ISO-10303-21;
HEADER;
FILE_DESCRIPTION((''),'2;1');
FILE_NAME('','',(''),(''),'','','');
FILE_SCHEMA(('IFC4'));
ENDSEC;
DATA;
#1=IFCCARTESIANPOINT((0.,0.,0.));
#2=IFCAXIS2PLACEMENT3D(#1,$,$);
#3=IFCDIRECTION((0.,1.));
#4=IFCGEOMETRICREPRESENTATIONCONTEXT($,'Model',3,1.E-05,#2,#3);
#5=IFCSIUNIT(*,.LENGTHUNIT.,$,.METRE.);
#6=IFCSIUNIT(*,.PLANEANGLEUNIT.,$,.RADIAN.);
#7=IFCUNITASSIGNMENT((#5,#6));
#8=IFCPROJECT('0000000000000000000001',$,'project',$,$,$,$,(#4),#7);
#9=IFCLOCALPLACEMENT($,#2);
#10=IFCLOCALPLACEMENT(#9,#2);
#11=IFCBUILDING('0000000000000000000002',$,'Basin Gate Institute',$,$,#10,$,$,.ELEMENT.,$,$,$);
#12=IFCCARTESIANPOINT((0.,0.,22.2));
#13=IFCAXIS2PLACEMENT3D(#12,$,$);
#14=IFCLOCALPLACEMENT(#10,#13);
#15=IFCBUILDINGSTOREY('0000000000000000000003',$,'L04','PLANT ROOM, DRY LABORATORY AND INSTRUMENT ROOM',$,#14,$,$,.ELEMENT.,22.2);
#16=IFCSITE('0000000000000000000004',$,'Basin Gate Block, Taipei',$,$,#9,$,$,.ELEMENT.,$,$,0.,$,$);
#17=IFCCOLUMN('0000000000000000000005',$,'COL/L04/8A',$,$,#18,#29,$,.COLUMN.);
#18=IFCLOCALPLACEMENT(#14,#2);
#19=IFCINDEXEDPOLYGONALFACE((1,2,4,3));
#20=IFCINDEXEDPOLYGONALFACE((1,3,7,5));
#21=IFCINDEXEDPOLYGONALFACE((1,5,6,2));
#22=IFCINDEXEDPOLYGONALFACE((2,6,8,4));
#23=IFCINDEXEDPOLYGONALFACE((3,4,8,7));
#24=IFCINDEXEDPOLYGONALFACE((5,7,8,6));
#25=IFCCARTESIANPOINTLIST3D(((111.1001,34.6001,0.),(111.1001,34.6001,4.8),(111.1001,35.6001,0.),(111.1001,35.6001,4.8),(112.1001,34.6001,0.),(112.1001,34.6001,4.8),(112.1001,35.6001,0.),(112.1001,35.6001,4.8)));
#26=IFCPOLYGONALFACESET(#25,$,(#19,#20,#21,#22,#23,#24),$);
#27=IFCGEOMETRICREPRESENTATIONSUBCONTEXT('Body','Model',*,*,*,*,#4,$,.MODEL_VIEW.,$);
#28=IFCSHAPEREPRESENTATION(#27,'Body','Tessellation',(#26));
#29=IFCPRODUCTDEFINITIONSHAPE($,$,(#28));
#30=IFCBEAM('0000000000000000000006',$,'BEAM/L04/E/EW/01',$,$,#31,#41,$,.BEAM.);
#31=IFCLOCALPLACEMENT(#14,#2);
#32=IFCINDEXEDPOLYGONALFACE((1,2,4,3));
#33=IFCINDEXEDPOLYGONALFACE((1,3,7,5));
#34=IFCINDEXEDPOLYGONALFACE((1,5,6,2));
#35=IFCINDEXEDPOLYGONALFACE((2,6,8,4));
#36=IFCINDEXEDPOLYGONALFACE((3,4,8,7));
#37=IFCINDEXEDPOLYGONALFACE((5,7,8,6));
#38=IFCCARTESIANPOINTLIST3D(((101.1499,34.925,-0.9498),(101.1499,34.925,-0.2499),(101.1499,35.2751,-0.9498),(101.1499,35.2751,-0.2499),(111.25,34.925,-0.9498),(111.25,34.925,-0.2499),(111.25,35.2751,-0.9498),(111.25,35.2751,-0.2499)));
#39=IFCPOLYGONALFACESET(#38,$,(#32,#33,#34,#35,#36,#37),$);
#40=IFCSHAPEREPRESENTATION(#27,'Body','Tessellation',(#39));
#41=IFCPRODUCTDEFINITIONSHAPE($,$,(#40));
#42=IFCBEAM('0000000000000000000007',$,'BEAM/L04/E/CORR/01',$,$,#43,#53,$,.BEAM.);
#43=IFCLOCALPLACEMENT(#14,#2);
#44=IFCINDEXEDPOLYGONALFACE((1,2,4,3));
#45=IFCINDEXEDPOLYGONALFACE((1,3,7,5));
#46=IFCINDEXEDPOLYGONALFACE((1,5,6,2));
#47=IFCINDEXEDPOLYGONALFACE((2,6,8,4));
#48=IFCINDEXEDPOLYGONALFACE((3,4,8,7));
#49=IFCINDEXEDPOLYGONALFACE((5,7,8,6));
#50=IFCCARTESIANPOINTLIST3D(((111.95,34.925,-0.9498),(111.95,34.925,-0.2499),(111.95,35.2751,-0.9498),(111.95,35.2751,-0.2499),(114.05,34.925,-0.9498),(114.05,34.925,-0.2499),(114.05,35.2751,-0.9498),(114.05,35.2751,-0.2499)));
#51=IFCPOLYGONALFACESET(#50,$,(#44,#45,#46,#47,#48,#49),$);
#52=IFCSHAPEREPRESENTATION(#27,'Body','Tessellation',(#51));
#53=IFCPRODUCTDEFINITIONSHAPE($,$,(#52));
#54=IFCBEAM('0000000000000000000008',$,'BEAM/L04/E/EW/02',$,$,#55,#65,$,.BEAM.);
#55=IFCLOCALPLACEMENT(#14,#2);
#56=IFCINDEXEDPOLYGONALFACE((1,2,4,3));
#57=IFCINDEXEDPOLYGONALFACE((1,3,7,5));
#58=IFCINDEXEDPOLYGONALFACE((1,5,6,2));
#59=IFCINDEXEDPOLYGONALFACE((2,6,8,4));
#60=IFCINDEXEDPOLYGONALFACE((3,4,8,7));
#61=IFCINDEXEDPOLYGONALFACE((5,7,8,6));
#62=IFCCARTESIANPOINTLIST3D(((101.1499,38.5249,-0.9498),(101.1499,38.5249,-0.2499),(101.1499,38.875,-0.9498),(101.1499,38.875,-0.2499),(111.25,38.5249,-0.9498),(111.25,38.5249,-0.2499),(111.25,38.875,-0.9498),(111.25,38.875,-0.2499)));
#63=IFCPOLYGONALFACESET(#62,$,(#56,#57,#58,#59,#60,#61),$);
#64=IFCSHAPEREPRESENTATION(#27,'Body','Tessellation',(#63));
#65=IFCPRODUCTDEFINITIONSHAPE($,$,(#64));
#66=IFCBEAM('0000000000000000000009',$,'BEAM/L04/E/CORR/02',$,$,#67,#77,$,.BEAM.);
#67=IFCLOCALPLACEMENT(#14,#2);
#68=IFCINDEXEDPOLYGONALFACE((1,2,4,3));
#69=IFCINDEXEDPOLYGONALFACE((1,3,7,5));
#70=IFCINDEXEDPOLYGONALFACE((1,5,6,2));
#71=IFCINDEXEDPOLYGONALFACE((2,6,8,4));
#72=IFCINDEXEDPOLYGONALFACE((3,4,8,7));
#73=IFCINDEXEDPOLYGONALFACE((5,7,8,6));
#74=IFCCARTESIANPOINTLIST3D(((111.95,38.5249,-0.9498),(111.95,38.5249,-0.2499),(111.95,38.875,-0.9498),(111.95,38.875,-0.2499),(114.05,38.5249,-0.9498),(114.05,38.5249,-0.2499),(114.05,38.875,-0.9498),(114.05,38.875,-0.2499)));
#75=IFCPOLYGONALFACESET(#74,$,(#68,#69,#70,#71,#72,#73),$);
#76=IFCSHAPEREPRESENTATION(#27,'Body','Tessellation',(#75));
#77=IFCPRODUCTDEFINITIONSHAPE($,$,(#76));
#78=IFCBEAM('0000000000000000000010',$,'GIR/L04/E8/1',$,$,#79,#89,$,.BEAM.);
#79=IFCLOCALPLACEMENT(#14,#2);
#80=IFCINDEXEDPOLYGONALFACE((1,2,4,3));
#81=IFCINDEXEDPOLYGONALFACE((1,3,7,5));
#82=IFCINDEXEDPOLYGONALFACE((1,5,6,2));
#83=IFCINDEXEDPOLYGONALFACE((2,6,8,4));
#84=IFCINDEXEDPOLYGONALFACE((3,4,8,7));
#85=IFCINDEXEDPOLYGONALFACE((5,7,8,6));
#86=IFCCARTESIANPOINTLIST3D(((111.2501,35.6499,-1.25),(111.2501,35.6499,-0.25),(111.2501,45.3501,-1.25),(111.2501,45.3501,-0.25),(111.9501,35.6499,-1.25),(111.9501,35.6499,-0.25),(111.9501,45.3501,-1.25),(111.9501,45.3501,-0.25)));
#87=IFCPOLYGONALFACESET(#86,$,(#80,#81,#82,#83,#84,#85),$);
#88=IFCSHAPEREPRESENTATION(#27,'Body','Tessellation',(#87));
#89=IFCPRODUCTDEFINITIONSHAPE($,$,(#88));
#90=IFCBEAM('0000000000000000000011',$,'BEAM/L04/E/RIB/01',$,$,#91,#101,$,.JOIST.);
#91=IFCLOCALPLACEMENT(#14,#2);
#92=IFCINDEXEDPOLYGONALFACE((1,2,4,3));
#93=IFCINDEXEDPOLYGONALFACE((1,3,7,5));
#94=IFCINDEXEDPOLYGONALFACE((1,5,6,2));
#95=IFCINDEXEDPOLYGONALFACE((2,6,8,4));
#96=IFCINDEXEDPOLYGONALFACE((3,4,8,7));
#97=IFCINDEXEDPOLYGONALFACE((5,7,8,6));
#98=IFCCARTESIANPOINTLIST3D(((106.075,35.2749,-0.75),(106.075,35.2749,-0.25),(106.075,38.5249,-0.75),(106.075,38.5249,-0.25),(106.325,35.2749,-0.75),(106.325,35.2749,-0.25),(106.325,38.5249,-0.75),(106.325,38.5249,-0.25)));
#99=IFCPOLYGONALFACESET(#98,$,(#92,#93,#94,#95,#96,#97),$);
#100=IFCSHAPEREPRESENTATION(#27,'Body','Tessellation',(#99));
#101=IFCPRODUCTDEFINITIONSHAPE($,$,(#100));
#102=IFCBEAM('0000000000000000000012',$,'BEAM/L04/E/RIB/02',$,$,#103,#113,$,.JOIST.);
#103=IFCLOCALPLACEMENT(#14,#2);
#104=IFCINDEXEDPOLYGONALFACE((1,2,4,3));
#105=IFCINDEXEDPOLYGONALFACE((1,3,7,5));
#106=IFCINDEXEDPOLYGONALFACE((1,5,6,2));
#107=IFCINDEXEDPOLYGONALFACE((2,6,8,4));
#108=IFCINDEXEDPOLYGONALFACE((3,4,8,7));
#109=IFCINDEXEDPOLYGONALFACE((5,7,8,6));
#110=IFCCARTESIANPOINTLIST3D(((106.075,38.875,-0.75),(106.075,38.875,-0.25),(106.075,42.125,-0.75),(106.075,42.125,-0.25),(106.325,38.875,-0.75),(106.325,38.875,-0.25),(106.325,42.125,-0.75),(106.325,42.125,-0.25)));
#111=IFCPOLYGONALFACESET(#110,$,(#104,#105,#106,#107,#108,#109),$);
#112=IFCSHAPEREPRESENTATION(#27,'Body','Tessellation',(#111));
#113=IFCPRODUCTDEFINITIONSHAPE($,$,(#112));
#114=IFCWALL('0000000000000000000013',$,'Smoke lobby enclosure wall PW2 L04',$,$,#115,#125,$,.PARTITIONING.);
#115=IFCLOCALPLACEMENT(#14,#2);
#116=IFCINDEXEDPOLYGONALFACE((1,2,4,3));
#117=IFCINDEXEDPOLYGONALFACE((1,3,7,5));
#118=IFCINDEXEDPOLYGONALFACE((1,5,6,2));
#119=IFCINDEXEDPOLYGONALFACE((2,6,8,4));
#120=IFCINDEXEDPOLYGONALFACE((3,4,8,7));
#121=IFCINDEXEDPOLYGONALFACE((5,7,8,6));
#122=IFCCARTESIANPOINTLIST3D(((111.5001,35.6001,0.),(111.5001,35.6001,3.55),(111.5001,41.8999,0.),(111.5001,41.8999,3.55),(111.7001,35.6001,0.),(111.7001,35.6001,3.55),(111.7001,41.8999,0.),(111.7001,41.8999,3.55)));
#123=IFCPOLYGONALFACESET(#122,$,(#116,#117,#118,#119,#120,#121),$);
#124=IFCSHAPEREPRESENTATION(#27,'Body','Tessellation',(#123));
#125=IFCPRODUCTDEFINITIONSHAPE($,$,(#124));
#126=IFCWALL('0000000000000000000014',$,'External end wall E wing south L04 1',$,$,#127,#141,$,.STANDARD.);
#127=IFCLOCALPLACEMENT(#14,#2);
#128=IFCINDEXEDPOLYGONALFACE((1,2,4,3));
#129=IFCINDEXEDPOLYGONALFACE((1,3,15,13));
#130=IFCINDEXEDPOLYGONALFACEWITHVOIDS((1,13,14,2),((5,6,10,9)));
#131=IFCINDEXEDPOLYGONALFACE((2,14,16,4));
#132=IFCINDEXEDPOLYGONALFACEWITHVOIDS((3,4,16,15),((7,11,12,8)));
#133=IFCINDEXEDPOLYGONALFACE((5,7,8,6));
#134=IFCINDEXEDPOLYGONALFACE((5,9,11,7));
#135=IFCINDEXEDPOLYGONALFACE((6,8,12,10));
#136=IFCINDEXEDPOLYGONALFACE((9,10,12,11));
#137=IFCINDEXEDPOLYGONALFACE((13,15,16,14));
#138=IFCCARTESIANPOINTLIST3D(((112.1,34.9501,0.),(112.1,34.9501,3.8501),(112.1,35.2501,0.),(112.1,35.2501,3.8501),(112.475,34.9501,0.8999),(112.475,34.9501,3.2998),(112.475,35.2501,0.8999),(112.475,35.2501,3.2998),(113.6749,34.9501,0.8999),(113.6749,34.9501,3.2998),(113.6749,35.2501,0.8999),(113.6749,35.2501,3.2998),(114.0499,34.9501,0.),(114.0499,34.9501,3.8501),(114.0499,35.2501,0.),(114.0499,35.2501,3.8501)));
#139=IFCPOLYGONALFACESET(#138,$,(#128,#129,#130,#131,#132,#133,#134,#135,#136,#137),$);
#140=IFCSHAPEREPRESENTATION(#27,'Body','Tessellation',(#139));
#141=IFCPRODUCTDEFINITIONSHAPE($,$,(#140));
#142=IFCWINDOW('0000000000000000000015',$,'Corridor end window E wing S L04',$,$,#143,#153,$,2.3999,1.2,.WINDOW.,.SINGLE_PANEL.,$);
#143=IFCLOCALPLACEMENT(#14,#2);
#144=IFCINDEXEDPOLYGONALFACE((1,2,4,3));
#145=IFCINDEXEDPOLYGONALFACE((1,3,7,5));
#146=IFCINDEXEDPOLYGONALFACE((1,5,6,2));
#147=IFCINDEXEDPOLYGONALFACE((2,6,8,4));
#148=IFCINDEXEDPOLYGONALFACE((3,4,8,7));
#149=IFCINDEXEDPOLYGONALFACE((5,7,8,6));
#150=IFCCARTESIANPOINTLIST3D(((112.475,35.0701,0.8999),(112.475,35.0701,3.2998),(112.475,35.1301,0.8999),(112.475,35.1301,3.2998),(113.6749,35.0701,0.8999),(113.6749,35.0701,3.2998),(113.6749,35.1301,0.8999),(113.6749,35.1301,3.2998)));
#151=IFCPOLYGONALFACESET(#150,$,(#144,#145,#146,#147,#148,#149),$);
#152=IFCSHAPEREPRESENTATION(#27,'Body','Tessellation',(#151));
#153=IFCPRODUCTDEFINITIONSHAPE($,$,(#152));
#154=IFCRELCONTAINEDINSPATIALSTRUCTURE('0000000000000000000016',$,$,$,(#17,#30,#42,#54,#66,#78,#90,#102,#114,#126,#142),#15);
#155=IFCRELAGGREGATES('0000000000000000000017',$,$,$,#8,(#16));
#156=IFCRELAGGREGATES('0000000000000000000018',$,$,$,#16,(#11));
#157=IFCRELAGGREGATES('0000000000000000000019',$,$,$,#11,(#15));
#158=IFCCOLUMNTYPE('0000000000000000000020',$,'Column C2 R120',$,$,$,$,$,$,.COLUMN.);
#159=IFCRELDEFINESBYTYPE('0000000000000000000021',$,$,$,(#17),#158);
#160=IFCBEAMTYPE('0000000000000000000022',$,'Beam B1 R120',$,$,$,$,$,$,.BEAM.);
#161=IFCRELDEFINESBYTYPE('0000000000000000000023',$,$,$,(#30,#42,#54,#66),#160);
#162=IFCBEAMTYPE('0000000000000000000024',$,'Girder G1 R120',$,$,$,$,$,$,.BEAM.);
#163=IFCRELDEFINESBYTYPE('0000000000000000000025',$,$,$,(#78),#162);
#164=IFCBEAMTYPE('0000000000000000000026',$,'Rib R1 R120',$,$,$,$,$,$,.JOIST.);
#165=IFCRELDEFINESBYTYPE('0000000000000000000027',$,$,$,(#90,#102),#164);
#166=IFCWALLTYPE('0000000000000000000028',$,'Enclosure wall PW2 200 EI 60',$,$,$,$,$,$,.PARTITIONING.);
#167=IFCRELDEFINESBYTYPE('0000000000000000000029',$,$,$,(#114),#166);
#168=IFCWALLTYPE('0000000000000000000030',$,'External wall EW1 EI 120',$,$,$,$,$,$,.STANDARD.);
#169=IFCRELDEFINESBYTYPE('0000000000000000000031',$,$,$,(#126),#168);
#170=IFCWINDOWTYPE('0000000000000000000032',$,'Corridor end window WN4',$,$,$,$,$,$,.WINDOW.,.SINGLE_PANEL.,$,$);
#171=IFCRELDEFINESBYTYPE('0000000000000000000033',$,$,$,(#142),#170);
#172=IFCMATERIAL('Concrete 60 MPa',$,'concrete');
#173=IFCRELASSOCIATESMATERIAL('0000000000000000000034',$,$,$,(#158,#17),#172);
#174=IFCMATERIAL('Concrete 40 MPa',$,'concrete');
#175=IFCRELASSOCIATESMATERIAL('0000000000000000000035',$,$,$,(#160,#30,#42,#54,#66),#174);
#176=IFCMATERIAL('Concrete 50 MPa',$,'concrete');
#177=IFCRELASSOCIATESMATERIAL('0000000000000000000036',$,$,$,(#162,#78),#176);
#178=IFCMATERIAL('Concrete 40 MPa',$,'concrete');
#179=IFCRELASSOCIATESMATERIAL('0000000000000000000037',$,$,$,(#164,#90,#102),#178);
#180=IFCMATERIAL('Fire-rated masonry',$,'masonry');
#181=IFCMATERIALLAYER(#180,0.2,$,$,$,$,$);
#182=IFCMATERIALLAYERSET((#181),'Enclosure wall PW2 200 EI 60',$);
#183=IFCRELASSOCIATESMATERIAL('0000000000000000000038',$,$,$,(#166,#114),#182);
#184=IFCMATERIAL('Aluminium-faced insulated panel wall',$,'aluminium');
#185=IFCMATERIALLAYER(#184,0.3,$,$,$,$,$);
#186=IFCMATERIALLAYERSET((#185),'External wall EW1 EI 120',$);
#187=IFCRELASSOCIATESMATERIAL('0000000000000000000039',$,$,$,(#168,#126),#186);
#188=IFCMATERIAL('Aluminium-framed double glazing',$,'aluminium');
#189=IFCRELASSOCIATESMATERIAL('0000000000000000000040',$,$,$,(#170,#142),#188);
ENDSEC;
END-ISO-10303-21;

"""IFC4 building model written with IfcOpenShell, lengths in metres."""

from ifc_helpers import new_model, si_unit, direction, frame, frame_2d, origin, origin_2d, place, context, subcontext, project, spatial, rectangle, extrude, material, layer, layer_set, material_profile, profile_set, type_object, element, fill, save


model = new_model("IFC4")

# Units and contexts
model_context = context("Model", 3, precision=1e-05, world=origin(), true_north=direction((0.0, 1.0)))
body_context = subcontext(model_context, "Body", "Model", "MODEL_VIEW")
ifc_project = project(units=[si_unit("LENGTHUNIT", "METRE"), si_unit("PLANEANGLEUNIT", "RADIAN")], contexts=[model_context])

# Site, building, storey
site_placement = place(None, origin())
site = spatial("IfcSite", under=ifc_project, at=site_placement, Name="Basin Gate Block, Taipei", CompositionType="ELEMENT", RefElevation=0.0)
building_placement = place(site_placement, origin())
building = spatial("IfcBuilding", under=site, at=building_placement, Name="Basin Gate Institute", CompositionType="ELEMENT")
storey_placement = place(building_placement, frame((0.0, 0.0, 22.2)))
storey = spatial("IfcBuildingStorey", under=building, at=storey_placement, Name="L04", Description="PLANT ROOM, DRY LABORATORY AND INSTRUMENT ROOM", CompositionType="ELEMENT", Elevation=22.2)

# Column
ifc_material_1 = material(Name="Concrete 60 MPa", Category="concrete")
ifc_material_profile_1 = material_profile(ifc_material_1, rectangle(XDim=1.0, YDim=1.0, at=origin_2d()), Name="Column C2 1000 x 1000")
ifc_profile_set_1 = profile_set([ifc_material_profile_1], Name="Concrete 60 MPa")
column_type = type_object("IfcColumnType", Name="Column C2 R120", PredefinedType="COLUMN", material=ifc_profile_set_1)
column_placement = place(storey_placement, frame((111.6001, 35.1001, 0.0), z_axis=(0.0, 0.0, 1.0), x_axis=(1.0, 0.0, 0.0)))
element("IfcColumn", 1, at=column_placement, inside=storey, type_object=column_type, material=ifc_profile_set_1, Name="COL/L04/8A", PredefinedType="COLUMN", context=body_context, shape_type="SweptSolid", body=[
    extrude(rectangle(XDim=1.0, YDim=1.0, at=origin_2d()), origin(), (0.0, 0.0, 1.0), 4.8),
])

# Beams
ifc_material_2 = material(Name="Concrete 40 MPa", Category="concrete")
ifc_material_profile_2 = material_profile(ifc_material_2, rectangle(XDim=0.3501, YDim=0.7, at=origin_2d()), Name="Beam B1 350 x 700")
ifc_profile_set_2 = profile_set([ifc_material_profile_2], Name="Concrete 40 MPa")
beam_type_1 = type_object("IfcBeamType", Name="Beam B1 R120", PredefinedType="BEAM", material=ifc_profile_set_2)
beam_1_placement = place(storey_placement, frame((111.25, 35.1001, -0.5999), z_axis=(-1.0, 0.0, 0.0), x_axis=(0.0, -1.0, 0.0)))
element("IfcBeam", 2, at=beam_1_placement, inside=storey, type_object=beam_type_1, material=ifc_profile_set_2, Name="BEAM/L04/E/EW/01", PredefinedType="BEAM", context=body_context, shape_type="SweptSolid", body=[
    extrude(rectangle(XDim=0.3501, YDim=0.7, at=origin_2d()), origin(), (0.0, 0.0, 1.0), 10.1001),
])
beam_2_placement = place(storey_placement, frame((114.05, 35.1001, -0.5999), z_axis=(-1.0, 0.0, 0.0), x_axis=(0.0, -1.0, 0.0)))
element("IfcBeam", 3, at=beam_2_placement, inside=storey, type_object=beam_type_1, material=ifc_profile_set_2, Name="BEAM/L04/E/CORR/01", PredefinedType="BEAM", context=body_context, shape_type="SweptSolid", body=[
    extrude(rectangle(XDim=0.3501, YDim=0.7, at=origin_2d()), origin(), (0.0, 0.0, 1.0), 2.1001),
])
beam_3_placement = place(storey_placement, frame((111.25, 38.7, -0.5999), z_axis=(-1.0, 0.0, 0.0), x_axis=(0.0, -1.0, 0.0)))
element("IfcBeam", 4, at=beam_3_placement, inside=storey, type_object=beam_type_1, material=ifc_profile_set_2, Name="BEAM/L04/E/EW/02", PredefinedType="BEAM", context=body_context, shape_type="SweptSolid", body=[
    extrude(rectangle(XDim=0.3501, YDim=0.7, at=origin_2d()), origin(), (0.0, 0.0, 1.0), 10.1001),
])
beam_4_placement = place(storey_placement, frame((114.05, 38.7, -0.5999), z_axis=(-1.0, 0.0, 0.0), x_axis=(0.0, -1.0, 0.0)))
element("IfcBeam", 5, at=beam_4_placement, inside=storey, type_object=beam_type_1, material=ifc_profile_set_2, Name="BEAM/L04/E/CORR/02", PredefinedType="BEAM", context=body_context, shape_type="SweptSolid", body=[
    extrude(rectangle(XDim=0.3501, YDim=0.7, at=origin_2d()), origin(), (0.0, 0.0, 1.0), 2.1001),
])
ifc_material_3 = material(Name="Concrete 50 MPa", Category="concrete")
ifc_material_profile_3 = material_profile(ifc_material_3, rectangle(XDim=0.7, YDim=1.0, at=origin_2d()), Name="Girder G1 700 x 1000")
ifc_profile_set_3 = profile_set([ifc_material_profile_3], Name="Concrete 50 MPa")
beam_type_2 = type_object("IfcBeamType", Name="Girder G1 R120", PredefinedType="BEAM", material=ifc_profile_set_3)
beam_5_placement = place(storey_placement, frame((111.6001, 35.6499, -0.75), z_axis=(0.0, 1.0, 0.0), x_axis=(-1.0, 0.0, 0.0)))
element("IfcBeam", 6, at=beam_5_placement, inside=storey, type_object=beam_type_2, material=ifc_profile_set_3, Name="GIR/L04/E8/1", PredefinedType="BEAM", context=body_context, shape_type="SweptSolid", body=[
    extrude(rectangle(XDim=0.7, YDim=1.0, at=origin_2d()), origin(), (0.0, 0.0, 1.0), 9.7002),
])
ifc_material_4 = material(Name="Concrete 40 MPa", Category="concrete")
ifc_material_profile_4 = material_profile(ifc_material_4, rectangle(XDim=0.25, YDim=0.5, at=origin_2d()), Name="Rib R1 250 x 500")
ifc_profile_set_4 = profile_set([ifc_material_profile_4], Name="Concrete 40 MPa")
beam_type_3 = type_object("IfcBeamType", Name="Rib R1 R120", PredefinedType="JOIST", material=ifc_profile_set_4)
for number, where, z_axis, x_axis, name in (
    (7, (106.2, 35.2749, -0.5), (0.0, 1.0, 0.0), (-1.0, 0.0, 0.0), "BEAM/L04/E/RIB/01"),
    (8, (106.2, 38.875, -0.5), (0.0, 1.0, 0.0), (-1.0, 0.0, 0.0), "BEAM/L04/E/RIB/02"),
):
    element("IfcBeam", number, at=place(storey_placement, frame(where, z_axis=z_axis, x_axis=x_axis)), inside=storey, type_object=beam_type_3, material=ifc_profile_set_4, Name=name, PredefinedType="JOIST", context=body_context, shape_type="SweptSolid", body=[
        extrude(rectangle(XDim=0.25, YDim=0.5, at=origin_2d()), origin(), (0.0, 0.0, 1.0), 3.25),
    ])

# Wall
ifc_material_5 = material(Name="Fire-rated masonry", Category="masonry")
ifc_layer_1 = layer(ifc_material_5, 0.2)
ifc_layer_set_1 = layer_set([ifc_layer_1], Name="Enclosure wall PW2 200 EI 60")
wall_type_1 = type_object("IfcWallType", Name="Enclosure wall PW2 200 EI 60", PredefinedType="PARTITIONING", material=ifc_layer_set_1)
wall_1_placement = place(storey_placement, frame((111.6001, 35.6001, 0.0), z_axis=(0.0, 0.0, 1.0), x_axis=(0.0, 1.0, 0.0)))
element("IfcWall", 9, at=wall_1_placement, inside=storey, type_object=wall_type_1, material=ifc_layer_set_1, Name="Smoke lobby enclosure wall PW2 L04", PredefinedType="PARTITIONING", context=body_context, shape_type="SweptSolid", body=[
    extrude(rectangle(XDim=6.2998, YDim=0.2, at=frame_2d((3.1499, 0.0))), origin(), (0.0, 0.0, 1.0), 3.55),
])

# Wall, opening, window
ifc_material_6 = material(Name="Aluminium-faced insulated panel wall", Category="aluminium")
ifc_layer_2 = layer(ifc_material_6, 0.3)
ifc_layer_set_2 = layer_set([ifc_layer_2], Name="External wall EW1 EI 120")
wall_type_2 = type_object("IfcWallType", Name="External wall EW1 EI 120", PredefinedType="STANDARD", material=ifc_layer_set_2)
wall_2_placement = place(storey_placement, frame((114.05, 35.1001, 0.0), z_axis=(0.0, 0.0, 1.0), x_axis=(-1.0, 0.0, 0.0)))
wall_2 = element("IfcWall", 10, at=wall_2_placement, inside=storey, type_object=wall_type_2, material=ifc_layer_set_2, Name="External end wall E wing south L04 1", PredefinedType="STANDARD", context=body_context, shape_type="SweptSolid", body=[
    extrude(rectangle(XDim=1.95, YDim=0.3, at=frame_2d((0.9751, 0.0))), origin(), (0.0, 0.0, 1.0), 3.8501),
])
opening_1_placement = place(wall_2_placement, frame((0.375, 0.0, 0.8999)))
opening_1 = element("IfcOpeningElement", 11, at=opening_1_placement, cuts=wall_2, PredefinedType="OPENING", context=body_context, shape_type="SweptSolid", body=[
    extrude(rectangle(XDim=1.2, YDim=2.3999, at=frame_2d((0.6001, 1.2))), frame((0.0, 0.1602, 0.0), z_axis=(0.0, -1.0, 0.0), x_axis=(1.0, 0.0, 0.0)), (0.0, 0.0, 1.0), 0.3201),
])
ifc_material_7 = material(Name="Aluminium-framed double glazing", Category="aluminium")
window_type_1 = type_object("IfcWindowType", Name="Corridor end window WN4", PartitioningType="SINGLE_PANEL", PredefinedType="WINDOW", material=ifc_material_7)
window_1_placement = place(opening_1_placement, origin())
window_1 = element("IfcWindow", 12, at=window_1_placement, inside=storey, type_object=window_type_1, material=ifc_material_7, Name="Corridor end window E wing S L04", OverallHeight=2.3999, OverallWidth=1.2, PartitioningType="SINGLE_PANEL", PredefinedType="WINDOW", context=body_context, shape_type="SweptSolid", body=[
    extrude(rectangle(XDim=1.2, YDim=2.3999, at=frame_2d((0.6001, 1.2))), frame((0.0, 0.03, 0.0), z_axis=(0.0, -1.0, 0.0), x_axis=(1.0, 0.0, 0.0)), (0.0, 0.0, 1.0), 0.0601),
])
fill(opening_1, window_1)

save(model, "model.ifc")
